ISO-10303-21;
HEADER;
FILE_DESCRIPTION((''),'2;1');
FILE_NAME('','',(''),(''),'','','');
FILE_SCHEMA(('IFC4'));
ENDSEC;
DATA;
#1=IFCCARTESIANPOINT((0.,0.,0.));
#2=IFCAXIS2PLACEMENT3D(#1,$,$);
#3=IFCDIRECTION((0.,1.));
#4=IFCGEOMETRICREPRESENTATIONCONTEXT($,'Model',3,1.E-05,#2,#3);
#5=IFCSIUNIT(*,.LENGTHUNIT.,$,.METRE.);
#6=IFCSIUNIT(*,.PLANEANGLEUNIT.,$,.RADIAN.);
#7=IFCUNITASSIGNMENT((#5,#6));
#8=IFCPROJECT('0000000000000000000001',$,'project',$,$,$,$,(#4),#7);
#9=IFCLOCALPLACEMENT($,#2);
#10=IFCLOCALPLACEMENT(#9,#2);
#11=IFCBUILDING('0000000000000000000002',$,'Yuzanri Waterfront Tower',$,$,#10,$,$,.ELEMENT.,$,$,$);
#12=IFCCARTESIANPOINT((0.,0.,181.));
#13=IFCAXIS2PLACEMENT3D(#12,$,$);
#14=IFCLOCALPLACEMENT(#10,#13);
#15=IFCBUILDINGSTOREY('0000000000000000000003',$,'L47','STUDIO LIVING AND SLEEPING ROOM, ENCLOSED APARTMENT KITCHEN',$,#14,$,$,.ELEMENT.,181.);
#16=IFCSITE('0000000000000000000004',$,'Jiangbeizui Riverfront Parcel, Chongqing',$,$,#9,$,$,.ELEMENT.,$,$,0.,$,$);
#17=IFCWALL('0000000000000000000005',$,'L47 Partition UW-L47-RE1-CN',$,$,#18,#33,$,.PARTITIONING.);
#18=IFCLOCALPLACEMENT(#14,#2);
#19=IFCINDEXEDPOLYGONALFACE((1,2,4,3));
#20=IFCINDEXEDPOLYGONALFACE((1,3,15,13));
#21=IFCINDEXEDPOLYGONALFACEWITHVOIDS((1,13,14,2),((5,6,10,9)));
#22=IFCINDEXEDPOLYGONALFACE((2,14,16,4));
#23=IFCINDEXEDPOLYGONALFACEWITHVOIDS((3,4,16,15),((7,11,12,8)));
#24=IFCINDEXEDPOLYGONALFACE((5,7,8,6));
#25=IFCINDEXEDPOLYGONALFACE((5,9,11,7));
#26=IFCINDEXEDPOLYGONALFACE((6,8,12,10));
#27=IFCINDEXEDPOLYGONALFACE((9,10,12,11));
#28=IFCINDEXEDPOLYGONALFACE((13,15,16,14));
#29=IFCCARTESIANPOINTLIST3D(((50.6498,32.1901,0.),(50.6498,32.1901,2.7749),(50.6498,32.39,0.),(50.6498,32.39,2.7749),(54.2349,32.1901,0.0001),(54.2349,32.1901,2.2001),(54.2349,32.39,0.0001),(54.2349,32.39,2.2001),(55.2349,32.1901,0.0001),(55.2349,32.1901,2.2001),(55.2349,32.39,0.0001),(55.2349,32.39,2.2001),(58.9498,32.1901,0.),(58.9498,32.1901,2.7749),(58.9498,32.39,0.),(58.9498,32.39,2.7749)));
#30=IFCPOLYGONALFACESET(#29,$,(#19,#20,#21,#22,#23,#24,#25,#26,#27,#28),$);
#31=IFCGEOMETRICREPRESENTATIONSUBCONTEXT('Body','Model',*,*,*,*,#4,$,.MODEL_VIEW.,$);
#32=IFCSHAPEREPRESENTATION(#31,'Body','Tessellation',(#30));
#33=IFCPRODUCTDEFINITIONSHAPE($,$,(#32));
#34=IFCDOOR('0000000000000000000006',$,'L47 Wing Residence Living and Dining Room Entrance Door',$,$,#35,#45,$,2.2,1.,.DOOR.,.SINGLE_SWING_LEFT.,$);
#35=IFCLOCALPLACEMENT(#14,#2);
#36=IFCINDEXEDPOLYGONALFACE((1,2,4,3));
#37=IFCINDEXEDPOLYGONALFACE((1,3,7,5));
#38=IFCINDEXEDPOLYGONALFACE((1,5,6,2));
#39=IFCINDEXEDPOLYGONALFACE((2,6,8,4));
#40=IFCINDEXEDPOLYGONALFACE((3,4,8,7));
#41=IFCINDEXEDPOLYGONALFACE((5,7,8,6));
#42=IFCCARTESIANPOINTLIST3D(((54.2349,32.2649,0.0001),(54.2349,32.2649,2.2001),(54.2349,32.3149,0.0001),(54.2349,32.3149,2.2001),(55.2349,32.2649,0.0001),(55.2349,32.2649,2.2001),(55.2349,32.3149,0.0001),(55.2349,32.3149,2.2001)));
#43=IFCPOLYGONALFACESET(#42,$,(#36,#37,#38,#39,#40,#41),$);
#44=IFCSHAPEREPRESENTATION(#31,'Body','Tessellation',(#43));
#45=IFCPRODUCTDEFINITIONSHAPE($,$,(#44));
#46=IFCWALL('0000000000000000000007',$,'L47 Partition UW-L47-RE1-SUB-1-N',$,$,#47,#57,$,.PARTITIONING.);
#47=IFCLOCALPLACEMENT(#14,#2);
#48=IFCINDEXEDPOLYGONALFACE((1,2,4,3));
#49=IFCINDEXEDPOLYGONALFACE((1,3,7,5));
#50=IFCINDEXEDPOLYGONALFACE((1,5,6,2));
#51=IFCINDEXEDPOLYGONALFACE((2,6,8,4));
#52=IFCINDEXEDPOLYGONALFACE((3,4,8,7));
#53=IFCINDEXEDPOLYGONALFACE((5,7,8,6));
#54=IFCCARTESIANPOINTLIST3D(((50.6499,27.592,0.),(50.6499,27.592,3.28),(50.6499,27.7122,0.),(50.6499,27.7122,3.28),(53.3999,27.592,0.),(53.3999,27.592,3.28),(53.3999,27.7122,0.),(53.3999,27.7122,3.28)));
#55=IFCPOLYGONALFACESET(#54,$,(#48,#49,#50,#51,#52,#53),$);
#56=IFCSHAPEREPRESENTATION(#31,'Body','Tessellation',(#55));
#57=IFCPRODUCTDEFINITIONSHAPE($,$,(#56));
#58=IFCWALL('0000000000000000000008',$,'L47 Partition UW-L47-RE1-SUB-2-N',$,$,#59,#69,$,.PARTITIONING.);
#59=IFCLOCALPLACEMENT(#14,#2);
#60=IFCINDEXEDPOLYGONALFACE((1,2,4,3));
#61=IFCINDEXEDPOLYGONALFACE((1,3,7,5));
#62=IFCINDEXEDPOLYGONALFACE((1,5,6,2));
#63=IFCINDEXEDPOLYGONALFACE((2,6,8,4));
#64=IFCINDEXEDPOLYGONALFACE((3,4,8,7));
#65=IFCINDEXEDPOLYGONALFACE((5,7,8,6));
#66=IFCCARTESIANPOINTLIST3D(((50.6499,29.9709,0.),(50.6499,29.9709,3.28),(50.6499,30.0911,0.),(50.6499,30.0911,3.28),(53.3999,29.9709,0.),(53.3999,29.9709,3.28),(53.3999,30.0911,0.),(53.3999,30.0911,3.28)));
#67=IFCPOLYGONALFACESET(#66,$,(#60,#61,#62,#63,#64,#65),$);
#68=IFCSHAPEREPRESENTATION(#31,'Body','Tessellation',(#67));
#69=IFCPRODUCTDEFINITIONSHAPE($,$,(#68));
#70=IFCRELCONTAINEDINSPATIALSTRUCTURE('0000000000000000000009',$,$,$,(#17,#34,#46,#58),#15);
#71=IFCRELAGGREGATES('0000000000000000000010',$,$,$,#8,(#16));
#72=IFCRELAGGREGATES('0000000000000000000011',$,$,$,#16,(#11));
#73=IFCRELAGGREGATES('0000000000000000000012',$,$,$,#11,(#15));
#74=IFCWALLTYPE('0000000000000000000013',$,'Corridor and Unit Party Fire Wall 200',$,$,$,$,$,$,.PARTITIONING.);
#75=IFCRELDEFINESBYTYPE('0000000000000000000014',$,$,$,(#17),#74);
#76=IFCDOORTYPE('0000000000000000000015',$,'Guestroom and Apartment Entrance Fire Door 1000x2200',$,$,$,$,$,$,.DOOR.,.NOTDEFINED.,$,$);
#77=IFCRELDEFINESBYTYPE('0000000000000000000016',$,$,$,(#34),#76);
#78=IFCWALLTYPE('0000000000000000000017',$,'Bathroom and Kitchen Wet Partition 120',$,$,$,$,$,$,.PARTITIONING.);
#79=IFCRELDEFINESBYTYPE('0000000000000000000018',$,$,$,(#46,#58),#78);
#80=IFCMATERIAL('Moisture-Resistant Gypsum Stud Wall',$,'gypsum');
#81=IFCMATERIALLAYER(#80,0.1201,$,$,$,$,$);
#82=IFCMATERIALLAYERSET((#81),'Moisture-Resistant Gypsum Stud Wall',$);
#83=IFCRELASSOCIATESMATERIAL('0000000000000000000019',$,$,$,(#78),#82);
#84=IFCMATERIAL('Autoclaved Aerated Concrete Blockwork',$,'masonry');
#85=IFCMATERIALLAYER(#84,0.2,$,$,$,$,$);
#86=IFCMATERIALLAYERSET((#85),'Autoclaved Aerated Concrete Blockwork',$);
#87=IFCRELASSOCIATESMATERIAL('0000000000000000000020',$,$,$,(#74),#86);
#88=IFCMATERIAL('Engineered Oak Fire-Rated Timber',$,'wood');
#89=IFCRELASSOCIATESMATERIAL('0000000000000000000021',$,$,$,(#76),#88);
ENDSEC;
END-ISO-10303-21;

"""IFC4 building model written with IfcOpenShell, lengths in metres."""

from ifc_helpers import new_model, si_unit, direction, frame, frame_2d, origin, place, context, subcontext, project, spatial, rectangle, extrude, source, transform, mapped, material, layer, layer_set, type_object, element, fill, save


model = new_model("IFC4")

# Units and contexts
model_context = context("Model", 3, precision=1e-05, world=origin(), true_north=direction((0.0, 1.0)))
body_context = subcontext(model_context, "Body", "Model", "MODEL_VIEW")
ifc_project = project(units=[si_unit("LENGTHUNIT", "METRE"), si_unit("PLANEANGLEUNIT", "RADIAN")], contexts=[model_context])

# Site, building, storey
site_placement = place(None, origin())
site = spatial("IfcSite", under=ifc_project, at=site_placement, Name="Jiangbeizui Riverfront Parcel, Chongqing", CompositionType="ELEMENT", RefElevation=0.0)
building_placement = place(site_placement, origin())
building = spatial("IfcBuilding", under=site, at=building_placement, Name="Yuzanri Waterfront Tower", CompositionType="ELEMENT")
storey_placement = place(building_placement, frame((0.0, 0.0, 181.0)))
storey = spatial("IfcBuildingStorey", under=building, at=storey_placement, Name="L47", Description="STUDIO LIVING AND SLEEPING ROOM, ENCLOSED APARTMENT KITCHEN", CompositionType="ELEMENT", Elevation=181.0)

# Wall, opening, door
ifc_material_1 = material(Name="Moisture-Resistant Gypsum Stud Wall", Category="gypsum")
ifc_layer_1 = layer(ifc_material_1, 0.1201)
ifc_layer_set_1 = layer_set([ifc_layer_1], Name="Moisture-Resistant Gypsum Stud Wall")
wall_type_1 = type_object("IfcWallType", Name="Bathroom and Kitchen Wet Partition 120", PredefinedType="PARTITIONING", material=ifc_layer_set_1)
ifc_material_2 = material(Name="Autoclaved Aerated Concrete Blockwork", Category="masonry")
ifc_layer_2 = layer(ifc_material_2, 0.2)
ifc_layer_set_2 = layer_set([ifc_layer_2], Name="Autoclaved Aerated Concrete Blockwork")
wall_type_2 = type_object("IfcWallType", Name="Corridor and Unit Party Fire Wall 200", PredefinedType="PARTITIONING", material=ifc_layer_set_2)
wall_1_placement = place(storey_placement, frame((50.6499, 32.29, 0.0), z_axis=(0.0, 0.0, 1.0), x_axis=(1.0, 0.0, 0.0)))
wall_1 = element("IfcWall", 1, at=wall_1_placement, inside=storey, type_object=wall_type_2, Name="L47 Partition UW-L47-RE1-CN", PredefinedType="PARTITIONING", context=body_context, shape_type="SweptSolid", body=[
    extrude(rectangle(XDim=8.3, YDim=0.2, at=frame_2d((4.1499, 0.0))), origin(), (0.0, 0.0, 1.0), 2.7749),
])
opening_1_placement = place(wall_1_placement, frame((3.585, 0.0, 0.0)))
opening_1 = element("IfcOpeningElement", 2, at=opening_1_placement, cuts=wall_1, PredefinedType="OPENING", context=body_context, shape_type="SweptSolid", body=[
    extrude(rectangle(XDim=1.0, YDim=2.2, at=frame_2d((0.5, 1.1001))), frame((0.0, 0.1147, 0.0), z_axis=(0.0, -1.0, 0.0), x_axis=(1.0, 0.0, 0.0)), (0.0, 0.0, 1.0), 0.2297),
])
ifc_material_3 = material(Name="Engineered Oak Fire-Rated Timber", Category="wood")
door_type_1 = type_object("IfcDoorType", Name="Guestroom and Apartment Entrance Fire Door 1000x2200", OperationType="NOTDEFINED", PredefinedType="DOOR", material=ifc_material_3)
shared_shape_1 = source(origin(), body_context, "Body", "SweptSolid", [
    extrude(rectangle(XDim=1.0, YDim=2.2, at=frame_2d((0.5, 1.1001))), frame((0.0, 0.0249, 0.0), z_axis=(0.0, -1.0, 0.0), x_axis=(1.0, 0.0, 0.0)), (0.0, 0.0, 1.0), 0.05),
])
door_1_placement = place(opening_1_placement, origin())
door_1 = element("IfcDoor", 3, at=door_1_placement, inside=storey, type_object=door_type_1, Name="L47 Wing Residence Living and Dining Room Entrance Door", OperationType="SINGLE_SWING_LEFT", OverallHeight=2.2, OverallWidth=1.0, PredefinedType="DOOR", context=body_context, shape_type="MappedRepresentation", body=[
    mapped(shared_shape_1, transform((0.0, 0.0, 0.0), scale=1.0)),
])
fill(opening_1, door_1)

# Walls
shared_shape_2 = source(origin(), body_context, "Body", "SweptSolid", [
    extrude(rectangle(XDim=2.75, YDim=0.1201, at=frame_2d((1.375, 0.0))), origin(), (0.0, 0.0, 1.0), 3.28),
])
for number, where, z_axis, x_axis, name in (
    (4, (50.6499, 27.6521, 0.0), (0.0, 0.0, 1.0), (1.0, 0.0, 0.0), "L47 Partition UW-L47-RE1-SUB-1-N"),
    (5, (50.6499, 30.031, 0.0), (0.0, 0.0, 1.0), (1.0, 0.0, 0.0), "L47 Partition UW-L47-RE1-SUB-2-N"),
):
    element("IfcWall", number, at=place(storey_placement, frame(where, z_axis=z_axis, x_axis=x_axis)), inside=storey, type_object=wall_type_1, Name=name, PredefinedType="PARTITIONING", context=body_context, shape_type="MappedRepresentation", body=[
        mapped(shared_shape_2, transform((0.0, 0.0, 0.0), scale=1.0)),
    ])

save(model, "model.ifc")
